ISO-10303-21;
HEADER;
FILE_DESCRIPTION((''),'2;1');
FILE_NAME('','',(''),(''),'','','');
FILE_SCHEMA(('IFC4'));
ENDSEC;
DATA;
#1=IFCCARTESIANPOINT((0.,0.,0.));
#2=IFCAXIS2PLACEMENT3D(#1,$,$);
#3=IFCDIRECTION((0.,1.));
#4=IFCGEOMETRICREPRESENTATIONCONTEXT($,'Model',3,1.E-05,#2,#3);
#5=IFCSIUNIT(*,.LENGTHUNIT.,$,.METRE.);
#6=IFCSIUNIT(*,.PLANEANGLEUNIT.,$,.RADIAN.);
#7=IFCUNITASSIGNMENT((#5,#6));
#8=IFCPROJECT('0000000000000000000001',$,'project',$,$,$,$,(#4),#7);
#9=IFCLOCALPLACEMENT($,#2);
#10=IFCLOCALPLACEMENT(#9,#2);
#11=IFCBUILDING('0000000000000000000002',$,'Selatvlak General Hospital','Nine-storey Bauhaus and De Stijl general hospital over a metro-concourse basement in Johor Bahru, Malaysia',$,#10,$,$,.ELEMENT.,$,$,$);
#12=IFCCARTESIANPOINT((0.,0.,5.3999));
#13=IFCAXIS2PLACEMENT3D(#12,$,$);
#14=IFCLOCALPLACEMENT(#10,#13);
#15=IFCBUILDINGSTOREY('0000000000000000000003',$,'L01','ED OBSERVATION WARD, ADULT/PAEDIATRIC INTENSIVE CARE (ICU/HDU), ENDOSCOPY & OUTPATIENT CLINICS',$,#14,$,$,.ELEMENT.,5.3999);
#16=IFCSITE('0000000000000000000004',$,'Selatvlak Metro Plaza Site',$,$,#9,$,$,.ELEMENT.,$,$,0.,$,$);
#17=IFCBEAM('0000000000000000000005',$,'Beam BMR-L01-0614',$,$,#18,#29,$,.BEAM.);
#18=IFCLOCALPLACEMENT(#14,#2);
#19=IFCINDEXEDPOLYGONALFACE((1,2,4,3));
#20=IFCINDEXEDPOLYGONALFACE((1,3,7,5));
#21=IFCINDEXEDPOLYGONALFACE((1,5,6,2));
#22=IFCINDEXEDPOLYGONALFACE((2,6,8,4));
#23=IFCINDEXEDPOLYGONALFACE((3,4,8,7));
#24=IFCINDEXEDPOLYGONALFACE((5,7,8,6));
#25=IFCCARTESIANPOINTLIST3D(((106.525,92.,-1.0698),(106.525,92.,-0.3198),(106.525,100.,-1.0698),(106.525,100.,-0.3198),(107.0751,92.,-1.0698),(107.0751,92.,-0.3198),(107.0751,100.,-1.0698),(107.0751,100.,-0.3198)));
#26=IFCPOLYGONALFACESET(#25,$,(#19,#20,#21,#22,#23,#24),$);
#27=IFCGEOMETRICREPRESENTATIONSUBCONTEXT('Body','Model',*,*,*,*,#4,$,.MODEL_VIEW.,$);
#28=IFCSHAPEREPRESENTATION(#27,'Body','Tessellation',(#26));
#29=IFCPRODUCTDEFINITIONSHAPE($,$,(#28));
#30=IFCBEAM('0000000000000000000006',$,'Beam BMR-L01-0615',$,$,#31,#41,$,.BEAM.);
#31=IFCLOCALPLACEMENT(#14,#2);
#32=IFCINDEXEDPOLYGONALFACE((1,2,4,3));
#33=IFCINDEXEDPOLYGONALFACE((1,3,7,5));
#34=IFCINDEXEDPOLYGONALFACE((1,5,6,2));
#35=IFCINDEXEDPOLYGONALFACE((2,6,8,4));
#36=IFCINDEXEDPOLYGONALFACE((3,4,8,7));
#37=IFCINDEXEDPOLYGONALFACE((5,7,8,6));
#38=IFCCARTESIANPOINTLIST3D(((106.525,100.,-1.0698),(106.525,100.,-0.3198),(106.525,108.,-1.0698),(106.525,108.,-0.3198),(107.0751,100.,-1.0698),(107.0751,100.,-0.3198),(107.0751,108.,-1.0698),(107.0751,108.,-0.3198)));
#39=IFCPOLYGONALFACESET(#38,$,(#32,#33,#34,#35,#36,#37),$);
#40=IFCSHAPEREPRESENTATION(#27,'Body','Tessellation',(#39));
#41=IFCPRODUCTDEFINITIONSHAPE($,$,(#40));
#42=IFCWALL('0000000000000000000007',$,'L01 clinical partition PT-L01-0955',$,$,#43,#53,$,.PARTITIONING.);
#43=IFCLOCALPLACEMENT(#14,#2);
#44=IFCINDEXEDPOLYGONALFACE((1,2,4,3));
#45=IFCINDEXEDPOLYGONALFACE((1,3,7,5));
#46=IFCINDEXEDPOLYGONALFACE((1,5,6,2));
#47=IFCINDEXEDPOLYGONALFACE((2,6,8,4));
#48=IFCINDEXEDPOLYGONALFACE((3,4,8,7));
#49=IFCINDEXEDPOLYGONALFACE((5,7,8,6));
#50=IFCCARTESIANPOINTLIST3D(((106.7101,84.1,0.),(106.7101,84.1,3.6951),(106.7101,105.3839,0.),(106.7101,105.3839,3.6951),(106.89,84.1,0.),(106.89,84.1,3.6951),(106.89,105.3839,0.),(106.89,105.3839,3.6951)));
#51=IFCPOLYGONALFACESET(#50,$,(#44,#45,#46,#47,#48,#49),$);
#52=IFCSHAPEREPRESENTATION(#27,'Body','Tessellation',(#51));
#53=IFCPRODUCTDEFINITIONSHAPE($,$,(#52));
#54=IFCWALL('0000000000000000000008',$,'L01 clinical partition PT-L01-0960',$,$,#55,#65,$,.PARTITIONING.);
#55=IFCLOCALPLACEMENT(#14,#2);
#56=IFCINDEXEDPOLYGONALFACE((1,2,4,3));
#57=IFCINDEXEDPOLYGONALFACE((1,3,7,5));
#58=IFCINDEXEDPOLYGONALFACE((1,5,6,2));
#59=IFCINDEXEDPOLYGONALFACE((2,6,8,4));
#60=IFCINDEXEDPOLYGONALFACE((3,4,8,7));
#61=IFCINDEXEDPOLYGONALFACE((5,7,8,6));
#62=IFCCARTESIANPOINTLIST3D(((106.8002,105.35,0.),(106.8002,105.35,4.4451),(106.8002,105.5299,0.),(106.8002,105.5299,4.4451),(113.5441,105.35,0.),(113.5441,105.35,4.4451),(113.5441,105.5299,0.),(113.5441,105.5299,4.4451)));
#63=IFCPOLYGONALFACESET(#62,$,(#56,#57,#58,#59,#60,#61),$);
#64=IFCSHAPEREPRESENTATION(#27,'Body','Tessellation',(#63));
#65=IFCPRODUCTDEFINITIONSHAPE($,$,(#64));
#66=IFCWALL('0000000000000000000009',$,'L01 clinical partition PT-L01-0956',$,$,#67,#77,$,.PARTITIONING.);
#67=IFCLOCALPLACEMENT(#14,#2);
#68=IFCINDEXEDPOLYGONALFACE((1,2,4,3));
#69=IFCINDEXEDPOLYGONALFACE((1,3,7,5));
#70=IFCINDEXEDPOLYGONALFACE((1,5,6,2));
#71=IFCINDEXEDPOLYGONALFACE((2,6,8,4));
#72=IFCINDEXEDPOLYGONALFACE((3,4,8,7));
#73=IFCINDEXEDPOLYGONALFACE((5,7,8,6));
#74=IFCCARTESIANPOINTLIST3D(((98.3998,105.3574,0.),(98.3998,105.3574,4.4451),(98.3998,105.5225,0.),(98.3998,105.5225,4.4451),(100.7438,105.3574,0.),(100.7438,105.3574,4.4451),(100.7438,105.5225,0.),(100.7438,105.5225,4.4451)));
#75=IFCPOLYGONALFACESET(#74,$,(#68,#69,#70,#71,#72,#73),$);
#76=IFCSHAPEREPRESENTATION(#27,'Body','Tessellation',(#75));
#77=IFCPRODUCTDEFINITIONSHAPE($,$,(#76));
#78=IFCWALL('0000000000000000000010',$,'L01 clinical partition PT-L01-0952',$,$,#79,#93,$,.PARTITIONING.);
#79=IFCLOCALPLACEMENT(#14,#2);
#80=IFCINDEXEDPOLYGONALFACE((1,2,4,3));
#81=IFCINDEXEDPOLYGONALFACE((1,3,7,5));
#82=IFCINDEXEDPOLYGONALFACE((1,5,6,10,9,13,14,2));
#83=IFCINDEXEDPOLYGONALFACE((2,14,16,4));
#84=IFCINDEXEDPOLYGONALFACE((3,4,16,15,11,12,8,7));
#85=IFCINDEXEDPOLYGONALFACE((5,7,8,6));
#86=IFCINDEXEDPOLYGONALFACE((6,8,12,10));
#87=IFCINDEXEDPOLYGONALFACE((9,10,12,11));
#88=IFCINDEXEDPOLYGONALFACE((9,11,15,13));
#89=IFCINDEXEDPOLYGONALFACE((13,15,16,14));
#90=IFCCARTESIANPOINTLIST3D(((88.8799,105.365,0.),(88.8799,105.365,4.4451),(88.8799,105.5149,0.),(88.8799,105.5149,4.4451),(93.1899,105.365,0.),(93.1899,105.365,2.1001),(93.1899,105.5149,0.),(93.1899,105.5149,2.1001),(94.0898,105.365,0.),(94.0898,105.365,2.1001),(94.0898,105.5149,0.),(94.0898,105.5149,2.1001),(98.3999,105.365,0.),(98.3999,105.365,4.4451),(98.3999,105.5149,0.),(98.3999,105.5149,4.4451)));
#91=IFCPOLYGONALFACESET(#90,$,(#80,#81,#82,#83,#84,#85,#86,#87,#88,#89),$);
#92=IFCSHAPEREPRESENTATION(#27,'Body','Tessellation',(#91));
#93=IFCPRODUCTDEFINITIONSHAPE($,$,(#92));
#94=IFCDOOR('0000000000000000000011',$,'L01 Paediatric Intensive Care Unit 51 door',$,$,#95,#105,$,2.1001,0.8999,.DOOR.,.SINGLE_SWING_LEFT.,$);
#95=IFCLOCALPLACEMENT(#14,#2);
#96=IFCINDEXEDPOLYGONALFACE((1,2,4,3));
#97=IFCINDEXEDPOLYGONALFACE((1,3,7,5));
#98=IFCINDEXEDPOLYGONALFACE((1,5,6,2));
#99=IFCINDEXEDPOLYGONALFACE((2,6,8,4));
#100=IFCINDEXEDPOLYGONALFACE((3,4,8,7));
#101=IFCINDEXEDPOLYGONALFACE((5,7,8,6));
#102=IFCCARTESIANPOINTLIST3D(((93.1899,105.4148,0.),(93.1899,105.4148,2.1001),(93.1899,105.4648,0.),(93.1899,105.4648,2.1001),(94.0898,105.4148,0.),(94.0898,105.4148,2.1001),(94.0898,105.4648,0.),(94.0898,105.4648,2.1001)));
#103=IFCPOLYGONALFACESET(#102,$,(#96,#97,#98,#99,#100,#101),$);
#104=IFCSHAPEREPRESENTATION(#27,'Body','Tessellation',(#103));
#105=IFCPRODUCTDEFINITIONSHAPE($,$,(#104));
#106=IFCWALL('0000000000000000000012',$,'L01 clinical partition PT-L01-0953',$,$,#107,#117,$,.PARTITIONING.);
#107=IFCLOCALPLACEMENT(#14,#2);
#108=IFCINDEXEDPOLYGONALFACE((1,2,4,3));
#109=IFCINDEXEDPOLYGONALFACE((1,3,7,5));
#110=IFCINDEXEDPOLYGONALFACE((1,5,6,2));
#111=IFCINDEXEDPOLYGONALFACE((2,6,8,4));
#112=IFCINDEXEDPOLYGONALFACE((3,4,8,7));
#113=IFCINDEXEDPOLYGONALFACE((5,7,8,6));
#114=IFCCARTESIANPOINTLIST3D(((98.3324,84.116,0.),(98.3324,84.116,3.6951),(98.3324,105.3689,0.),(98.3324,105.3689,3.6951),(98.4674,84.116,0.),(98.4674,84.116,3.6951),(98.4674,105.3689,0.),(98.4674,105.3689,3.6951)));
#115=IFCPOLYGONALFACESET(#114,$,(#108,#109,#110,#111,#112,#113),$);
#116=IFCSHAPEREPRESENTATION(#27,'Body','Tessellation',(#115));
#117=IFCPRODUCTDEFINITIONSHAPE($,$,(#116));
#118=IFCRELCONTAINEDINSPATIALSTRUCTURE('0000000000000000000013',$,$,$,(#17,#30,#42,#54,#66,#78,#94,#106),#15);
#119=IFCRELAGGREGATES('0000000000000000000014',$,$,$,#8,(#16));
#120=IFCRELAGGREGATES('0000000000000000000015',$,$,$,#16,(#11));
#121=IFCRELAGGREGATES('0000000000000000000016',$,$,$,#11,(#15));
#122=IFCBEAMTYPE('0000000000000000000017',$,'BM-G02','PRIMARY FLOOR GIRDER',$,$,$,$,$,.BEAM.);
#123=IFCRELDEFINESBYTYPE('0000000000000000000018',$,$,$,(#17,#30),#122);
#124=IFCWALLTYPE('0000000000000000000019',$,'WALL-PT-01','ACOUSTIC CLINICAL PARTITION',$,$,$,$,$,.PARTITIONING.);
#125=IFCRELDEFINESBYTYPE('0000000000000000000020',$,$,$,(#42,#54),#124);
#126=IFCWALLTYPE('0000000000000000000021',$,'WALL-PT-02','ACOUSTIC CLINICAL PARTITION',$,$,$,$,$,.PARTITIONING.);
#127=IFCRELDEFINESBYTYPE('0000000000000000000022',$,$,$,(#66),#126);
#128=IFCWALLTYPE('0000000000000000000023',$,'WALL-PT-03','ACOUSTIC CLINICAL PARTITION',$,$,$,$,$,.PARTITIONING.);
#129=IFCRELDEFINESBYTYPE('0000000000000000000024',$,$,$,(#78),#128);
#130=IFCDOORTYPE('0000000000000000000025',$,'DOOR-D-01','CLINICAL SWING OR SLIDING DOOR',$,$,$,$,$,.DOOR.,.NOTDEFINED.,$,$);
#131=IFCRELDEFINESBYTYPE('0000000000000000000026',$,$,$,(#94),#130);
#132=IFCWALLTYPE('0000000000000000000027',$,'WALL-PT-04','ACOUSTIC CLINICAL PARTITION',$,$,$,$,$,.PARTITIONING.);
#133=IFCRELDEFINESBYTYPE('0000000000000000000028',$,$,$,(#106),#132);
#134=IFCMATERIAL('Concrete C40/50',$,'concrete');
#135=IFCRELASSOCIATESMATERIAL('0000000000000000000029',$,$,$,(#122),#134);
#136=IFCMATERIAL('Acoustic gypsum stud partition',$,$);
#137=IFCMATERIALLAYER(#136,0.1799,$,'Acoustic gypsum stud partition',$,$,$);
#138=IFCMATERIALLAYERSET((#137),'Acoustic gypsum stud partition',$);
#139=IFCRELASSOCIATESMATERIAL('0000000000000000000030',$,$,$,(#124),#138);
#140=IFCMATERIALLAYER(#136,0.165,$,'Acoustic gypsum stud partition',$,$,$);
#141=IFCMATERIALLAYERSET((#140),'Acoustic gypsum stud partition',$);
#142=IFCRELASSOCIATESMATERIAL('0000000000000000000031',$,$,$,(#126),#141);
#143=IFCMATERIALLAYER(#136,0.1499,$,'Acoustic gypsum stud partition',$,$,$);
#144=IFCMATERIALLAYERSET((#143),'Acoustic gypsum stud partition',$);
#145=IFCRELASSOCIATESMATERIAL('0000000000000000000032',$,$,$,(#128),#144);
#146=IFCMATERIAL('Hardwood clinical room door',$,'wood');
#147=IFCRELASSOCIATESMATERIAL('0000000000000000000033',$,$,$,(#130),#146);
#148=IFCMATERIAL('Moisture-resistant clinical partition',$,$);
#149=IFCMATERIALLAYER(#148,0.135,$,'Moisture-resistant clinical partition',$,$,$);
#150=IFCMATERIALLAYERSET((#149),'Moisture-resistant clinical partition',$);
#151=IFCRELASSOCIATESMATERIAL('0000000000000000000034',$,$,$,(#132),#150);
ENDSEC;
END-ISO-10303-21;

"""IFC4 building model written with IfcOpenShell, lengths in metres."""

from ifc_helpers import new_model, si_unit, direction, frame, frame_2d, origin, origin_2d, place, context, subcontext, project, spatial, rectangle, extrude, material, layer, layer_set, material_profile, profile_set, type_object, element, fill, save


model = new_model("IFC4")

# Units and contexts
model_context = context("Model", 3, precision=1e-05, world=origin(), true_north=direction((0.0, 1.0)))
body_context = subcontext(model_context, "Body", "Model", "MODEL_VIEW")
ifc_project = project(units=[si_unit("LENGTHUNIT", "METRE"), si_unit("PLANEANGLEUNIT", "RADIAN")], contexts=[model_context])

# Site, building, storey
site_placement = place(None, origin())
site = spatial("IfcSite", under=ifc_project, at=site_placement, Name="Selatvlak Metro Plaza Site", CompositionType="ELEMENT", RefElevation=0.0)
building_placement = place(site_placement, origin())
building = spatial("IfcBuilding", under=site, at=building_placement, Name="Selatvlak General Hospital", Description="Nine-storey Bauhaus and De Stijl general hospital over a metro-concourse basement in Johor Bahru, Malaysia", CompositionType="ELEMENT")
storey_placement = place(building_placement, frame((0.0, 0.0, 5.3999)))
storey = spatial("IfcBuildingStorey", under=building, at=storey_placement, Name="L01", Description="ED OBSERVATION WARD, ADULT/PAEDIATRIC INTENSIVE CARE (ICU/HDU), ENDOSCOPY & OUTPATIENT CLINICS", CompositionType="ELEMENT", Elevation=5.3999)

# Beams
ifc_material_1 = material(Name="Concrete C40/50", Category="concrete")
ifc_material_profile_1 = material_profile(ifc_material_1, rectangle(XDim=0.55, YDim=0.75, at=origin_2d()), Name="RC-BM 550x750")
ifc_profile_set_1 = profile_set([ifc_material_profile_1], Name="Concrete C40/50")
beam_type_1 = type_object("IfcBeamType", Name="BM-G02", Description="PRIMARY FLOOR GIRDER", PredefinedType="BEAM", material=ifc_profile_set_1)
for number, where, z_axis, x_axis, name in (
    (1, (106.8, 92.0, -0.6948), (0.0, 1.0, 0.0), (-1.0, 0.0, 0.0), "Beam BMR-L01-0614"),
    (2, (106.8, 100.0, -0.6948), (0.0, 1.0, 0.0), (-1.0, 0.0, 0.0), "Beam BMR-L01-0615"),
):
    element("IfcBeam", number, at=place(storey_placement, frame(where, z_axis=z_axis, x_axis=x_axis)), inside=storey, type_object=beam_type_1, Name=name, PredefinedType="BEAM", context=body_context, shape_type="SweptSolid", body=[
        extrude(rectangle(XDim=0.55, YDim=0.75, at=origin_2d()), origin(), (0.0, 0.0, 1.0), 8.0),
    ])

# Walls
ifc_material_2 = material(Name="Acoustic gypsum stud partition")
ifc_layer_1 = layer(ifc_material_2, 0.1799, Name="Acoustic gypsum stud partition")
ifc_layer_set_1 = layer_set([ifc_layer_1], Name="Acoustic gypsum stud partition")
wall_type_1 = type_object("IfcWallType", Name="WALL-PT-01", Description="ACOUSTIC CLINICAL PARTITION", PredefinedType="PARTITIONING", material=ifc_layer_set_1)
wall_1_placement = place(storey_placement, frame((106.8, 105.384, 0.0), z_axis=(0.0, 0.0, 1.0), x_axis=(0.0, -1.0, 0.0)))
element("IfcWall", 3, at=wall_1_placement, inside=storey, type_object=wall_type_1, Name="L01 clinical partition PT-L01-0955", PredefinedType="PARTITIONING", context=body_context, shape_type="SweptSolid", body=[
    extrude(rectangle(XDim=21.2839, YDim=0.1799, at=frame_2d((10.6421, 0.0))), origin(), (0.0, 0.0, 1.0), 3.6951),
])
wall_2_placement = place(storey_placement, frame((106.8, 105.4399, 0.0), z_axis=(0.0, 0.0, 1.0), x_axis=(1.0, 0.0, 0.0)))
element("IfcWall", 4, at=wall_2_placement, inside=storey, type_object=wall_type_1, Name="L01 clinical partition PT-L01-0960", PredefinedType="PARTITIONING", context=body_context, shape_type="SweptSolid", body=[
    extrude(rectangle(XDim=6.7439, YDim=0.1799, at=frame_2d((3.3721, 0.0))), origin(), (0.0, 0.0, 1.0), 4.4451),
])
ifc_layer_2 = layer(ifc_material_2, 0.165, Name="Acoustic gypsum stud partition")
ifc_layer_set_2 = layer_set([ifc_layer_2], Name="Acoustic gypsum stud partition")
wall_type_2 = type_object("IfcWallType", Name="WALL-PT-02", Description="ACOUSTIC CLINICAL PARTITION", PredefinedType="PARTITIONING", material=ifc_layer_set_2)
wall_3_placement = place(storey_placement, frame((98.3999, 105.4399, 0.0), z_axis=(0.0, 0.0, 1.0), x_axis=(1.0, 0.0, 0.0)))
element("IfcWall", 5, at=wall_3_placement, inside=storey, type_object=wall_type_2, Name="L01 clinical partition PT-L01-0956", PredefinedType="PARTITIONING", context=body_context, shape_type="SweptSolid", body=[
    extrude(rectangle(XDim=2.344, YDim=0.165, at=frame_2d((1.1719, 0.0))), origin(), (0.0, 0.0, 1.0), 4.4451),
])

# Wall, opening, door
ifc_layer_3 = layer(ifc_material_2, 0.1499, Name="Acoustic gypsum stud partition")
ifc_layer_set_3 = layer_set([ifc_layer_3], Name="Acoustic gypsum stud partition")
wall_type_3 = type_object("IfcWallType", Name="WALL-PT-03", Description="ACOUSTIC CLINICAL PARTITION", PredefinedType="PARTITIONING", material=ifc_layer_set_3)
wall_4_placement = place(storey_placement, frame((88.8799, 105.4399, 0.0), z_axis=(0.0, 0.0, 1.0), x_axis=(1.0, 0.0, 0.0)))
wall_4 = element("IfcWall", 6, at=wall_4_placement, inside=storey, type_object=wall_type_3, Name="L01 clinical partition PT-L01-0952", PredefinedType="PARTITIONING", context=body_context, shape_type="SweptSolid", body=[
    extrude(rectangle(XDim=9.52, YDim=0.1499, at=frame_2d((4.76, 0.0))), origin(), (0.0, 0.0, 1.0), 4.4451),
])
opening_1_placement = place(wall_4_placement, frame((4.3101, 0.0, 0.0)))
opening_1 = element("IfcOpeningElement", 7, at=opening_1_placement, cuts=wall_4, PredefinedType="OPENING", context=body_context, shape_type="SweptSolid", body=[
    extrude(rectangle(XDim=0.8999, YDim=2.1001, at=frame_2d((0.45, 1.05))), frame((0.0, 0.085, 0.0), z_axis=(0.0, -1.0, 0.0), x_axis=(1.0, 0.0, 0.0)), (0.0, 0.0, 1.0), 0.1699),
])
ifc_material_3 = material(Name="Hardwood clinical room door", Category="wood")
door_type_1 = type_object("IfcDoorType", Name="DOOR-D-01", Description="CLINICAL SWING OR SLIDING DOOR", OperationType="NOTDEFINED", PredefinedType="DOOR", material=ifc_material_3)
door_1_placement = place(opening_1_placement, origin())
door_1 = element("IfcDoor", 8, at=door_1_placement, inside=storey, type_object=door_type_1, Name="L01 Paediatric Intensive Care Unit 51 door", OperationType="SINGLE_SWING_LEFT", OverallHeight=2.1001, OverallWidth=0.8999, PredefinedType="DOOR", context=body_context, shape_type="SweptSolid", body=[
    extrude(rectangle(XDim=0.8999, YDim=2.1001, at=frame_2d((0.45, 1.05))), frame((0.0, 0.0249, 0.0), z_axis=(0.0, -1.0, 0.0), x_axis=(1.0, 0.0, 0.0)), (0.0, 0.0, 1.0), 0.05),
])
fill(opening_1, door_1)

# Wall
ifc_material_4 = material(Name="Moisture-resistant clinical partition")
ifc_layer_4 = layer(ifc_material_4, 0.135, Name="Moisture-resistant clinical partition")
ifc_layer_set_4 = layer_set([ifc_layer_4], Name="Moisture-resistant clinical partition")
wall_type_4 = type_object("IfcWallType", Name="WALL-PT-04", Description="ACOUSTIC CLINICAL PARTITION", PredefinedType="PARTITIONING", material=ifc_layer_set_4)
wall_5_placement = place(storey_placement, frame((98.3999, 105.3689, 0.0), z_axis=(0.0, 0.0, 1.0), x_axis=(0.0, -1.0, 0.0)))
element("IfcWall", 9, at=wall_5_placement, inside=storey, type_object=wall_type_4, Name="L01 clinical partition PT-L01-0953", PredefinedType="PARTITIONING", context=body_context, shape_type="SweptSolid", body=[
    extrude(rectangle(XDim=21.2529, YDim=0.135, at=frame_2d((10.6265, 0.0))), origin(), (0.0, 0.0, 1.0), 3.6951),
])

save(model, "model.ifc")
